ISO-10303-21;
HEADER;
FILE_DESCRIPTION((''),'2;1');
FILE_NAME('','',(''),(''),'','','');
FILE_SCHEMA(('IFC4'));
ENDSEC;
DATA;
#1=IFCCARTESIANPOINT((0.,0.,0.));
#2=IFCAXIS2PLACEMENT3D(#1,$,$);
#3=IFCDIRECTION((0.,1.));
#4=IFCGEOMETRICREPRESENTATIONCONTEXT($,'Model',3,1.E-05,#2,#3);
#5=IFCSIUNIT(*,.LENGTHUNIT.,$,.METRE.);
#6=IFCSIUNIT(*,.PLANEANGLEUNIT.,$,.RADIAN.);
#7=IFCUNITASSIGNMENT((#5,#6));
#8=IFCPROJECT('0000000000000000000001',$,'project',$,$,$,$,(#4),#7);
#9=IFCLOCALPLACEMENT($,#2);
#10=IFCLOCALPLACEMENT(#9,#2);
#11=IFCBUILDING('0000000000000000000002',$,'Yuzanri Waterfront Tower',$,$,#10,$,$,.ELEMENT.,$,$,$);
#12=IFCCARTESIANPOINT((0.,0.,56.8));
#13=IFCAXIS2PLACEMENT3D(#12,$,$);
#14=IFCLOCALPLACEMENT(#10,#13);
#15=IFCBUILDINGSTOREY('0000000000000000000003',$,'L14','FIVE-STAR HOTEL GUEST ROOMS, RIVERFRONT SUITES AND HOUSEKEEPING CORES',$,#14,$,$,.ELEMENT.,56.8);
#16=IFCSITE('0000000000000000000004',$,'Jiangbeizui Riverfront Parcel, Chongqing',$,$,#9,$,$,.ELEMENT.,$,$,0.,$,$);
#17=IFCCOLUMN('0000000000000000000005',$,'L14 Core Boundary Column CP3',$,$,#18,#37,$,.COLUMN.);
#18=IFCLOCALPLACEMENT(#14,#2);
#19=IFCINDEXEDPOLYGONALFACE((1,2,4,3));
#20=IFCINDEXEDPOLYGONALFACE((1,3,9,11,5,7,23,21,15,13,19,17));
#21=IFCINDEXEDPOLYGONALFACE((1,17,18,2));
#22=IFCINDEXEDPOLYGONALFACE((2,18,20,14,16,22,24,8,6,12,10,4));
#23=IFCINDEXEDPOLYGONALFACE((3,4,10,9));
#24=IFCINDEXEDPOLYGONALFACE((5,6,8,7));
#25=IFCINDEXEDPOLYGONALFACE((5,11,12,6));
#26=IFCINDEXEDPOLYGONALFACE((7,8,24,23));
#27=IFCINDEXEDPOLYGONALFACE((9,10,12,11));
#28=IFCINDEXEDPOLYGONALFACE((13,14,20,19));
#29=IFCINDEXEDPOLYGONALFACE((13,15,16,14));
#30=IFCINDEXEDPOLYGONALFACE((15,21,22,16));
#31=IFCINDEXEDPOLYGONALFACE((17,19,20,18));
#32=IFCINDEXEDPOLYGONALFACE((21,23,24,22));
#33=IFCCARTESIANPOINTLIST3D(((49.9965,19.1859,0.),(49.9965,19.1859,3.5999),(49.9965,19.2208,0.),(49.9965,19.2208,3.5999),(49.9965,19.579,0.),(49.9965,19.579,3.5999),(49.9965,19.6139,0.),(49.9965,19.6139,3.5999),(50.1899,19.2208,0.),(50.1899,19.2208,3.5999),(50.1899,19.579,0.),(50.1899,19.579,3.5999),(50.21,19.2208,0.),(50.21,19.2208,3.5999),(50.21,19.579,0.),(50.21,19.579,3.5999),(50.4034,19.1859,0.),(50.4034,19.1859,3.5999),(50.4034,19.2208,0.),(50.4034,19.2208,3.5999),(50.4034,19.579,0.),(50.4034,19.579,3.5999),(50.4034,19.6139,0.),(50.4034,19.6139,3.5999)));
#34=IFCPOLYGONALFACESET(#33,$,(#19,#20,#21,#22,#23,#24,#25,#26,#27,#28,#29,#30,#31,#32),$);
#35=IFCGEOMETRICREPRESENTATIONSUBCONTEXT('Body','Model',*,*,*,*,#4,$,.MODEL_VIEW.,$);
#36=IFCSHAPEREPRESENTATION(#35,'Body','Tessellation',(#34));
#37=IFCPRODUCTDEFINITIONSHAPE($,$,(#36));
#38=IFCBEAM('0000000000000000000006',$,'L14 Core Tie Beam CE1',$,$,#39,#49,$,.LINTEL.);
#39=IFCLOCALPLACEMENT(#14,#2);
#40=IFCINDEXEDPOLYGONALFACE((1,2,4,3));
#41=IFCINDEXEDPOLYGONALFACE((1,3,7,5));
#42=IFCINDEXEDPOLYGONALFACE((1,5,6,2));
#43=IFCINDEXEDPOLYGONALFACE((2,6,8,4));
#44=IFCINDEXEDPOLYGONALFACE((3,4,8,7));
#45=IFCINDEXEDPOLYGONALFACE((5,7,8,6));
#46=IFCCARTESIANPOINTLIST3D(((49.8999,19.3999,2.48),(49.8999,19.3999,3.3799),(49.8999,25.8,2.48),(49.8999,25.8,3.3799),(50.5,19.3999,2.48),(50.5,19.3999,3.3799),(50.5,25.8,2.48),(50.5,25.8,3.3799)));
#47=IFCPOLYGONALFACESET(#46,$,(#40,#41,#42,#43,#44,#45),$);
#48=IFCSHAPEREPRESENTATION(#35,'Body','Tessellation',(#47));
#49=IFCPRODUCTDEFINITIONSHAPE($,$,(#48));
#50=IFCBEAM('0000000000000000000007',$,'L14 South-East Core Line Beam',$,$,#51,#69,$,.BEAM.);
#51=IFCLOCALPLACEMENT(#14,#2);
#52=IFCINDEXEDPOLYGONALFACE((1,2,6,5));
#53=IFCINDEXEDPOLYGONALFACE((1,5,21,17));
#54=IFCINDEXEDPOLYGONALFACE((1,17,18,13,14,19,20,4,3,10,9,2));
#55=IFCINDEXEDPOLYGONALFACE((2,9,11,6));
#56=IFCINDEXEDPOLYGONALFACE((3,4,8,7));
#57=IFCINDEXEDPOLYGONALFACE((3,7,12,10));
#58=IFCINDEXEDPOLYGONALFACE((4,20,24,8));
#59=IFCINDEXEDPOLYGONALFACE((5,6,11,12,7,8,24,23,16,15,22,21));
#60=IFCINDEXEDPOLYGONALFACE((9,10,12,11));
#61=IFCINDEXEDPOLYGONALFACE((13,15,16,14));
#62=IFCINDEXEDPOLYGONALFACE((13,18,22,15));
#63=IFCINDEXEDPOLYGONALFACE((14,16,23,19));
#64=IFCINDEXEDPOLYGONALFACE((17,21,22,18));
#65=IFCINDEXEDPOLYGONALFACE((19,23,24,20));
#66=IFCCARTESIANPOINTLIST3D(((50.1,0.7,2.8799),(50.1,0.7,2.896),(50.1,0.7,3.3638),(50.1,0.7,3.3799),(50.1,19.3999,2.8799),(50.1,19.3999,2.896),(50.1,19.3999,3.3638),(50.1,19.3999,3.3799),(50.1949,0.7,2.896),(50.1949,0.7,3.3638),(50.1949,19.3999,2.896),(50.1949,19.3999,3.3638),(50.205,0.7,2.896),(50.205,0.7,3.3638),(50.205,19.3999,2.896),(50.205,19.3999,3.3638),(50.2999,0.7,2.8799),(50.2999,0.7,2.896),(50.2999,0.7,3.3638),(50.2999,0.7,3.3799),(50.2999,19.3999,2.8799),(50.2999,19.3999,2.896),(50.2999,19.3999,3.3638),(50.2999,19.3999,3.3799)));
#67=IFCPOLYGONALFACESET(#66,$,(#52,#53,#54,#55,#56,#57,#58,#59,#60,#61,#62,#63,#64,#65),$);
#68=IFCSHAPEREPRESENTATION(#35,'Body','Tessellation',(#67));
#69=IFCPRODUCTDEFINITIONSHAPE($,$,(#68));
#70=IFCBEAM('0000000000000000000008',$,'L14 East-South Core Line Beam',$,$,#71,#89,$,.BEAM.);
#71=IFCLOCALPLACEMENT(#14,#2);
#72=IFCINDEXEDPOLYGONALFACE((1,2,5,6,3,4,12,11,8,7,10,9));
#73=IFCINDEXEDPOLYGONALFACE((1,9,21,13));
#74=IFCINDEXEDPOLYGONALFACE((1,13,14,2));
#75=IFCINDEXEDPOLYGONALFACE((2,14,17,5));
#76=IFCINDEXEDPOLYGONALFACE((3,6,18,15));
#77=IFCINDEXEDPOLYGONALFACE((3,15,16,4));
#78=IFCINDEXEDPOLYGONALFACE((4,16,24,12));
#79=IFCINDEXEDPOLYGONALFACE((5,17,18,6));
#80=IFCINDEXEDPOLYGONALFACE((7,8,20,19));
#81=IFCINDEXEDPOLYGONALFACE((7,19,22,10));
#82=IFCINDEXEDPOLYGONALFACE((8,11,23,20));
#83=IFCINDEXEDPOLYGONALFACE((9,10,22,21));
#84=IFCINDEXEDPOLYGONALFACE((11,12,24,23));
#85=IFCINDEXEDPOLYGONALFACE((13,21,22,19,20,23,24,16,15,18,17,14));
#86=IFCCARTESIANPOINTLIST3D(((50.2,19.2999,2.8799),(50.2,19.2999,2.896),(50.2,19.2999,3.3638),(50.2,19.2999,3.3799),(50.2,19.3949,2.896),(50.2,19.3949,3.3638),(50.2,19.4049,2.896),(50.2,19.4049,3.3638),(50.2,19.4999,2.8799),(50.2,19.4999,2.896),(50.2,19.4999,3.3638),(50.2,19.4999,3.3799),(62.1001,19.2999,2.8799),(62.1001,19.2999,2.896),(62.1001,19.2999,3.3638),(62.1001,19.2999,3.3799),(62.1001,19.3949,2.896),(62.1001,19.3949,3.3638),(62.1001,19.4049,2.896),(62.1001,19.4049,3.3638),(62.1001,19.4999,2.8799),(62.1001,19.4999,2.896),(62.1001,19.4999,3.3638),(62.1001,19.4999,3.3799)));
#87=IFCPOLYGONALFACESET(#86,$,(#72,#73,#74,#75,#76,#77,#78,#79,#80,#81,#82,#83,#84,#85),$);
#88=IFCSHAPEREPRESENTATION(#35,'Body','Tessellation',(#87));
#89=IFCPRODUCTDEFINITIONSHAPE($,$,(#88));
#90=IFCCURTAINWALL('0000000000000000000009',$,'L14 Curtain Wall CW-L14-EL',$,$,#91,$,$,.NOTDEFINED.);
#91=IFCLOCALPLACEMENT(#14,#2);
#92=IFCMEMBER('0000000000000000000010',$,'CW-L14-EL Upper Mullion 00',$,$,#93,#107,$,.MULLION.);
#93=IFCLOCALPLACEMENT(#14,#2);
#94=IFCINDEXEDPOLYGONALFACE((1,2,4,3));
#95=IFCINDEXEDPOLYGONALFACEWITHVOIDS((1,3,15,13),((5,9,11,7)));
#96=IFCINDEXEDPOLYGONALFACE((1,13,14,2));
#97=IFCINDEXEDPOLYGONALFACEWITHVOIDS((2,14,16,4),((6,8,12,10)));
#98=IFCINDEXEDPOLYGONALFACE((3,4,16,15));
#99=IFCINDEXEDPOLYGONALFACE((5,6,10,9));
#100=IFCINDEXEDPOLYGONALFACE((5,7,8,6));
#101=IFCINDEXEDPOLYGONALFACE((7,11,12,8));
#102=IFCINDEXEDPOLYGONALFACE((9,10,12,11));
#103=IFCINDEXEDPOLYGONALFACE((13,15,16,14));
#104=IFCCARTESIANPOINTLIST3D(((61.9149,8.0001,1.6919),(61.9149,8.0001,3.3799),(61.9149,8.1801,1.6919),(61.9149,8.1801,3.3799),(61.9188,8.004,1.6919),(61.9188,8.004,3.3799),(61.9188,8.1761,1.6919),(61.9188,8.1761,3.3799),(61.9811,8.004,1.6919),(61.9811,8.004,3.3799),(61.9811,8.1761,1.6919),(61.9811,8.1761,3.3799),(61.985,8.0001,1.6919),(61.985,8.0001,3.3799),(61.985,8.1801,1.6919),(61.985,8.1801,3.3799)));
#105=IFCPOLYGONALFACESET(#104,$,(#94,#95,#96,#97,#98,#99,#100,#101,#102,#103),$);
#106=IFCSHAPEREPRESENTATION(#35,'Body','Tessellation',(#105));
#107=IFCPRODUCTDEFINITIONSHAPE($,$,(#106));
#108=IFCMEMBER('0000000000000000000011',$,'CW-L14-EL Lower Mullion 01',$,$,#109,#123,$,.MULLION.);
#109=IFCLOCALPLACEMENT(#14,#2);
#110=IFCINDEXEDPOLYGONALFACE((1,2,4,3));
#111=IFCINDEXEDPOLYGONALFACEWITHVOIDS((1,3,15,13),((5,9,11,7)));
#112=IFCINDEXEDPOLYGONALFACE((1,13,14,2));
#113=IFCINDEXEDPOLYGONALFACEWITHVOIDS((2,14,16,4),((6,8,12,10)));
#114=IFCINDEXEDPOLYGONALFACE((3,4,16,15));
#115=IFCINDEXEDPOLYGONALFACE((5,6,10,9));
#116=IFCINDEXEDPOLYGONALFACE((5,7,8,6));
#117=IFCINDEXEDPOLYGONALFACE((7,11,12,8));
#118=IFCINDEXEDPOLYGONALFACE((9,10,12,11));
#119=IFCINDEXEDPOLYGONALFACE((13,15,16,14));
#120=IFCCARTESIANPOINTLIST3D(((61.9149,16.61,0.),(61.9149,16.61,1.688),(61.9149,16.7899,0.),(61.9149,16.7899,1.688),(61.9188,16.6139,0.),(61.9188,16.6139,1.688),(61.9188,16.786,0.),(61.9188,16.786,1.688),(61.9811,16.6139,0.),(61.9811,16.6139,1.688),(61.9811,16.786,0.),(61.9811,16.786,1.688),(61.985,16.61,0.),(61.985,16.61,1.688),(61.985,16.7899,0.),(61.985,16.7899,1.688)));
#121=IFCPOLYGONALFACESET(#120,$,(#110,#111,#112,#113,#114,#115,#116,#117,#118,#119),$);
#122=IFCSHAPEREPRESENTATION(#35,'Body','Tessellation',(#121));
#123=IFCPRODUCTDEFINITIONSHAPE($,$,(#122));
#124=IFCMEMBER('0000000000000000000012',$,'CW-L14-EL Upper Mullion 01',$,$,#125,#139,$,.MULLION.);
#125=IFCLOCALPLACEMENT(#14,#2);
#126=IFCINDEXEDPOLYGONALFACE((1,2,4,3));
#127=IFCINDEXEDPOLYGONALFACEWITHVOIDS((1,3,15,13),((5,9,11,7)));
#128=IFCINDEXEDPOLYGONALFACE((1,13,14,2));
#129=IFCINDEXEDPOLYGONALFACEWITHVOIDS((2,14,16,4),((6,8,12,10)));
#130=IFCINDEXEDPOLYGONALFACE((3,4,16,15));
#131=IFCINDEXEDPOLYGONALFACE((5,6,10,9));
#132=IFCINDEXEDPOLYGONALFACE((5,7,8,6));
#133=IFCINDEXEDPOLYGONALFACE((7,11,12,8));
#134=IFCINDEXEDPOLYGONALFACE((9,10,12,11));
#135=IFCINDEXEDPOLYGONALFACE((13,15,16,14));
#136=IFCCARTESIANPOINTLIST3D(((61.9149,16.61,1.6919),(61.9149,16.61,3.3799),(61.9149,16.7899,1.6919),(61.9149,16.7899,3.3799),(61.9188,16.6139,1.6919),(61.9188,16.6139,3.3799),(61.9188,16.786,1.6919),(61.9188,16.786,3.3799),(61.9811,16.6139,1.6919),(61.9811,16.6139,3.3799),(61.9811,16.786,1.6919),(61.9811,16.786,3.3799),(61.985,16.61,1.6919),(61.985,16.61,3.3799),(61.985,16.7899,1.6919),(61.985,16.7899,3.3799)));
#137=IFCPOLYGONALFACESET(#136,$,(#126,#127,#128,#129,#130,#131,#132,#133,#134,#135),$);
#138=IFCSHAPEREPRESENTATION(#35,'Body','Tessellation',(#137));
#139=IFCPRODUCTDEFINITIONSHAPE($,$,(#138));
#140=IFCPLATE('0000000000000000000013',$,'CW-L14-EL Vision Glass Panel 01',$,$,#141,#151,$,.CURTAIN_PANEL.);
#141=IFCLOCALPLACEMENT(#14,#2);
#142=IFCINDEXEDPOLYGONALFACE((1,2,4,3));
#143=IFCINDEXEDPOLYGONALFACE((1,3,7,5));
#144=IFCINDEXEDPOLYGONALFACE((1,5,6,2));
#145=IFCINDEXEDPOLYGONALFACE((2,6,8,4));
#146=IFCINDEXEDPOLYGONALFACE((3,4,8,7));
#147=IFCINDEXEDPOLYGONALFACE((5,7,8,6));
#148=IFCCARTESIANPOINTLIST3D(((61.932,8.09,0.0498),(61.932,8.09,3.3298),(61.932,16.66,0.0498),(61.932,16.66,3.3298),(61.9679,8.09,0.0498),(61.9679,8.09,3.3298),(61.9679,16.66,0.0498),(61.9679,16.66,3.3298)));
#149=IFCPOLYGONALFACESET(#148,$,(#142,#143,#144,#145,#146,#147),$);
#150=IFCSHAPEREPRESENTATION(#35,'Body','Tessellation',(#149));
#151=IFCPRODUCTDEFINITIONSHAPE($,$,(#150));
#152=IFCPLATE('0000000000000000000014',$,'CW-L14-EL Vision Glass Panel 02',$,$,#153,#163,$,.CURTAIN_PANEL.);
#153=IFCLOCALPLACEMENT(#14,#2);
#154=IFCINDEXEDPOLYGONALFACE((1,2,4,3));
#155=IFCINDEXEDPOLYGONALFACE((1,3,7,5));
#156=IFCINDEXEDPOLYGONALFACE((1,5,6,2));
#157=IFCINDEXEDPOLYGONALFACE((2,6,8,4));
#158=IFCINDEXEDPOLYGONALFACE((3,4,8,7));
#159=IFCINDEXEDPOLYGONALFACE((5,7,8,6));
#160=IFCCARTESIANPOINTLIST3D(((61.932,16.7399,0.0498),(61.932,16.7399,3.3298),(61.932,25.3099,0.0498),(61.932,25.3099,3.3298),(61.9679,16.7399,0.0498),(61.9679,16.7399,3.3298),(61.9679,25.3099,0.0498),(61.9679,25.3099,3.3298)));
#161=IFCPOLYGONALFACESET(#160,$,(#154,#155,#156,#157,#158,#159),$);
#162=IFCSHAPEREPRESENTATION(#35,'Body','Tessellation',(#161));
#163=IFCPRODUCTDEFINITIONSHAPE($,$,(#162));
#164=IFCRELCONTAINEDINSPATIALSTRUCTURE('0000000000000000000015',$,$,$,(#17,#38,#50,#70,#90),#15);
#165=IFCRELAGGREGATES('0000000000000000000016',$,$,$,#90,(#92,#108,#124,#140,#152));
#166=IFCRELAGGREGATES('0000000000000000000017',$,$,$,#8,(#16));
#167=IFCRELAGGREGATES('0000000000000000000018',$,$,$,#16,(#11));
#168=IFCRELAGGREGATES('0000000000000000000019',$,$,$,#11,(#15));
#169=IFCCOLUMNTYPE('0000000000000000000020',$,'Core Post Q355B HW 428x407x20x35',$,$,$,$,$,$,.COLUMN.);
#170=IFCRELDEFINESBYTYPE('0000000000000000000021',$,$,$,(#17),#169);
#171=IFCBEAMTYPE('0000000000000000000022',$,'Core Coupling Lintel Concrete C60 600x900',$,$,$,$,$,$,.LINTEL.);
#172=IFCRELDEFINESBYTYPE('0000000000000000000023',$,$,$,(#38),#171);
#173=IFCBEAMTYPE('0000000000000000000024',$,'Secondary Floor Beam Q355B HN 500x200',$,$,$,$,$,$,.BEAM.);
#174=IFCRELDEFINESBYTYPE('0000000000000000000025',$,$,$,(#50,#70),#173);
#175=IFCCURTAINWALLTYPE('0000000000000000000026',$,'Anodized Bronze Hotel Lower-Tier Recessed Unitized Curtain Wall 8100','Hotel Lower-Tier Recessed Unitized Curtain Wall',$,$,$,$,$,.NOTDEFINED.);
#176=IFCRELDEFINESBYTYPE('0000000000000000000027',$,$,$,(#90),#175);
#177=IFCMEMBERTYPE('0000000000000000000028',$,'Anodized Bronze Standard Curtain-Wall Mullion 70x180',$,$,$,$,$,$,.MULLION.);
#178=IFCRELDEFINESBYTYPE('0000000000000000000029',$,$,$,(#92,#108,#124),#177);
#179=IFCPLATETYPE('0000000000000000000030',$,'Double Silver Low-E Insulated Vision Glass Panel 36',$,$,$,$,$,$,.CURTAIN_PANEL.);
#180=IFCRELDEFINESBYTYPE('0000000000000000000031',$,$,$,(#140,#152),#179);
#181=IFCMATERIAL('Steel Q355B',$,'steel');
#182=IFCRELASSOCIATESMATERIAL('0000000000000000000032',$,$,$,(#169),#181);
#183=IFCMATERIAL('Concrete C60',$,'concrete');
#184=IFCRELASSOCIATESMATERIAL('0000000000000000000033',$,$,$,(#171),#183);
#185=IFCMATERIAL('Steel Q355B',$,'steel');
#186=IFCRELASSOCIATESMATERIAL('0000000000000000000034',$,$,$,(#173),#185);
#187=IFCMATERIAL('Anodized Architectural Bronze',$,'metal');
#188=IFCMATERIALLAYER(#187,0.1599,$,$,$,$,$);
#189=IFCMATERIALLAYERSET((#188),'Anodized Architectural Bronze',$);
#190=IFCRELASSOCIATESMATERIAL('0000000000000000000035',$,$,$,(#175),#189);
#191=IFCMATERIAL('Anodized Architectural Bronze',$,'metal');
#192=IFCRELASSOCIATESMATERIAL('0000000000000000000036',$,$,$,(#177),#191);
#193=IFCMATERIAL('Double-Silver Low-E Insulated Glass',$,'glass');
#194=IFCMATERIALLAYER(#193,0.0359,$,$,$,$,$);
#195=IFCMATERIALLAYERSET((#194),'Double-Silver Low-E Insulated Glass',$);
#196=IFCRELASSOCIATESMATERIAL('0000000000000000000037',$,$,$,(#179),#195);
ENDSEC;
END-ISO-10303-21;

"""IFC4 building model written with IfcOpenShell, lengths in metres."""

from ifc_helpers import new_model, si_unit, direction, frame, origin, origin_2d, place, context, subcontext, project, spatial, rectangle, hollow_rectangle, i_section, extrude, source, transform, mapped, material, layer, layer_set, material_profile, profile_set, type_object, element, aggregate, save


model = new_model("IFC4")

# Units and contexts
model_context = context("Model", 3, precision=1e-05, world=origin(), true_north=direction((0.0, 1.0)))
body_context = subcontext(model_context, "Body", "Model", "MODEL_VIEW")
ifc_project = project(units=[si_unit("LENGTHUNIT", "METRE"), si_unit("PLANEANGLEUNIT", "RADIAN")], contexts=[model_context])

# Site, building, storey
site_placement = place(None, origin())
site = spatial("IfcSite", under=ifc_project, at=site_placement, Name="Jiangbeizui Riverfront Parcel, Chongqing", CompositionType="ELEMENT", RefElevation=0.0)
building_placement = place(site_placement, origin())
building = spatial("IfcBuilding", under=site, at=building_placement, Name="Yuzanri Waterfront Tower", CompositionType="ELEMENT")
storey_placement = place(building_placement, frame((0.0, 0.0, 56.8)))
storey = spatial("IfcBuildingStorey", under=building, at=storey_placement, Name="L14", Description="FIVE-STAR HOTEL GUEST ROOMS, RIVERFRONT SUITES AND HOUSEKEEPING CORES", CompositionType="ELEMENT", Elevation=56.8)

# Column
ifc_material_1 = material(Name="Steel Q355B", Category="steel")
ifc_material_profile_1 = material_profile(ifc_material_1, i_section(OverallWidth=0.407, OverallDepth=0.428, WebThickness=0.02, FlangeThickness=0.0349, at=origin_2d()), Name="HW 428x407x20x35")
ifc_profile_set_1 = profile_set([ifc_material_profile_1], Name="Steel Q355B")
column_type = type_object("IfcColumnType", Name="Core Post Q355B HW 428x407x20x35", PredefinedType="COLUMN", material=ifc_profile_set_1)
shared_shape_1 = source(origin(), body_context, "Body", "SweptSolid", [
    extrude(i_section(OverallWidth=0.407, OverallDepth=0.428, WebThickness=0.02, FlangeThickness=0.0349, at=origin_2d()), origin(), (0.0, 0.0, 1.0), 3.5999),
])
column_placement = place(storey_placement, frame((50.2, 19.3999, 0.0), z_axis=(0.0, 0.0, 1.0), x_axis=(1.0, 0.0, 0.0)))
element("IfcColumn", 1, at=column_placement, inside=storey, type_object=column_type, Name="L14 Core Boundary Column CP3", PredefinedType="COLUMN", context=body_context, shape_type="MappedRepresentation", body=[
    mapped(shared_shape_1, transform((0.0, 0.0, 0.0), scale=1.0)),
])

# Beams
ifc_material_2 = material(Name="Concrete C60", Category="concrete")
ifc_material_profile_2 = material_profile(ifc_material_2, rectangle(XDim=0.6001, YDim=0.8999, at=origin_2d()), Name="RC 600x900")
ifc_profile_set_2 = profile_set([ifc_material_profile_2], Name="Concrete C60")
beam_type_1 = type_object("IfcBeamType", Name="Core Coupling Lintel Concrete C60 600x900", PredefinedType="LINTEL", material=ifc_profile_set_2)
shared_shape_2 = source(origin(), body_context, "Body", "SweptSolid", [
    extrude(rectangle(XDim=0.6001, YDim=0.8999, at=origin_2d()), origin(), (0.0, 0.0, 1.0), 6.4001),
])
beam_1_placement = place(storey_placement, frame((50.2, 19.3999, 2.9299), z_axis=(0.0, 1.0, 0.0), x_axis=(-1.0, 0.0, 0.0)))
element("IfcBeam", 2, at=beam_1_placement, inside=storey, type_object=beam_type_1, Name="L14 Core Tie Beam CE1", PredefinedType="LINTEL", context=body_context, shape_type="MappedRepresentation", body=[
    mapped(shared_shape_2, transform((0.0, 0.0, 0.0), scale=1.0)),
])
ifc_material_3 = material(Name="Steel Q355B", Category="steel")
ifc_material_profile_3 = material_profile(ifc_material_3, i_section(OverallWidth=0.2, OverallDepth=0.5, WebThickness=0.01, FlangeThickness=0.0161, at=origin_2d()), Name="HN 500x200x10x16")
ifc_profile_set_3 = profile_set([ifc_material_profile_3], Name="Steel Q355B")
beam_type_2 = type_object("IfcBeamType", Name="Secondary Floor Beam Q355B HN 500x200", PredefinedType="BEAM", material=ifc_profile_set_3)
shared_shape_3 = source(origin(), body_context, "Body", "SweptSolid", [
    extrude(i_section(OverallWidth=0.2, OverallDepth=0.5, WebThickness=0.01, FlangeThickness=0.0161, at=origin_2d()), origin(), (0.0, 0.0, 1.0), 18.7),
])
beam_2_placement = place(storey_placement, frame((50.2, 19.3999, 3.1299), z_axis=(0.0, -1.0, 0.0), x_axis=(1.0, 0.0, 0.0)))
element("IfcBeam", 3, at=beam_2_placement, inside=storey, type_object=beam_type_2, Name="L14 South-East Core Line Beam", PredefinedType="BEAM", context=body_context, shape_type="MappedRepresentation", body=[
    mapped(shared_shape_3, transform((0.0, 0.0, 0.0), scale=1.0)),
])
shared_shape_4 = source(origin(), body_context, "Body", "SweptSolid", [
    extrude(i_section(OverallWidth=0.2, OverallDepth=0.5, WebThickness=0.01, FlangeThickness=0.0161, at=origin_2d()), origin(), (0.0, 0.0, 1.0), 11.9001),
])
beam_3_placement = place(storey_placement, frame((50.2, 19.3999, 3.1299), z_axis=(1.0, 0.0, 0.0), x_axis=(0.0, 1.0, 0.0)))
element("IfcBeam", 4, at=beam_3_placement, inside=storey, type_object=beam_type_2, Name="L14 East-South Core Line Beam", PredefinedType="BEAM", context=body_context, shape_type="MappedRepresentation", body=[
    mapped(shared_shape_4, transform((0.0, 0.0, 0.0), scale=1.0)),
])

# Curtain wall, members, plates
ifc_material_4 = material(Name="Anodized Architectural Bronze", Category="metal")
ifc_layer_1 = layer(ifc_material_4, 0.1599)
ifc_layer_set_1 = layer_set([ifc_layer_1], Name="Anodized Architectural Bronze")
curtain_wall_type = type_object("IfcCurtainWallType", Name="Anodized Bronze Hotel Lower-Tier Recessed Unitized Curtain Wall 8100", Description="Hotel Lower-Tier Recessed Unitized Curtain Wall", PredefinedType="NOTDEFINED", material=ifc_layer_set_1)
curtain_wall_placement = place(storey_placement, origin())
curtain_wall = element("IfcCurtainWall", 5, at=curtain_wall_placement, inside=storey, type_object=curtain_wall_type, Name="L14 Curtain Wall CW-L14-EL", PredefinedType="NOTDEFINED")
ifc_material_5 = material(Name="Anodized Architectural Bronze", Category="metal")
ifc_material_profile_4 = material_profile(ifc_material_5, hollow_rectangle(XDim=0.0701, YDim=0.1799, WallThickness=0.0039, at=origin_2d()), Name="CWM 70x180")
ifc_profile_set_4 = profile_set([ifc_material_profile_4], Name="Anodized Architectural Bronze")
member_type = type_object("IfcMemberType", Name="Anodized Bronze Standard Curtain-Wall Mullion 70x180", PredefinedType="MULLION", material=ifc_profile_set_4)
shared_shape_5 = source(origin(), body_context, "Body", "SweptSolid", [
    extrude(hollow_rectangle(XDim=0.0701, YDim=0.1799, WallThickness=0.0039, at=origin_2d()), origin(), (0.0, 0.0, 1.0), 1.688),
])
member_1_placement = place(storey_placement, frame((61.95, 8.0901, 1.6919), z_axis=(0.0, 0.0, 1.0), x_axis=(1.0, 0.0, 0.0)))
member_1 = element("IfcMember", 6, at=member_1_placement, type_object=member_type, Name="CW-L14-EL Upper Mullion 00", PredefinedType="MULLION", context=body_context, shape_type="MappedRepresentation", body=[
    mapped(shared_shape_5, transform((0.0, 0.0, 0.0), scale=1.0)),
])
member_2_placement = place(storey_placement, frame((61.95, 16.7, 0.0), z_axis=(0.0, 0.0, 1.0), x_axis=(1.0, 0.0, 0.0)))
member_2 = element("IfcMember", 7, at=member_2_placement, type_object=member_type, Name="CW-L14-EL Lower Mullion 01", PredefinedType="MULLION", context=body_context, shape_type="MappedRepresentation", body=[
    mapped(shared_shape_5, transform((0.0, 0.0, 0.0), scale=1.0)),
])
member_3_placement = place(storey_placement, frame((61.95, 16.7, 1.6919), z_axis=(0.0, 0.0, 1.0), x_axis=(1.0, 0.0, 0.0)))
member_3 = element("IfcMember", 8, at=member_3_placement, type_object=member_type, Name="CW-L14-EL Upper Mullion 01", PredefinedType="MULLION", context=body_context, shape_type="MappedRepresentation", body=[
    mapped(shared_shape_5, transform((0.0, 0.0, 0.0), scale=1.0)),
])
ifc_material_6 = material(Name="Double-Silver Low-E Insulated Glass", Category="glass")
ifc_layer_2 = layer(ifc_material_6, 0.0359)
ifc_layer_set_2 = layer_set([ifc_layer_2], Name="Double-Silver Low-E Insulated Glass")
plate_type = type_object("IfcPlateType", Name="Double Silver Low-E Insulated Vision Glass Panel 36", PredefinedType="CURTAIN_PANEL", material=ifc_layer_set_2)
shared_shape_6 = source(origin(), body_context, "Body", "SweptSolid", [
    extrude(rectangle(XDim=8.5701, YDim=0.0359, at=origin_2d()), origin(), (0.0, 0.0, 1.0), 3.28),
])
plate_1_placement = place(storey_placement, frame((61.95, 12.375, 0.0498), z_axis=(0.0, 0.0, 1.0), x_axis=(0.0, 1.0, 0.0)))
plate_1 = element("IfcPlate", 9, at=plate_1_placement, type_object=plate_type, Name="CW-L14-EL Vision Glass Panel 01", PredefinedType="CURTAIN_PANEL", context=body_context, shape_type="MappedRepresentation", body=[
    mapped(shared_shape_6, transform((0.0, 0.0, 0.0), scale=1.0)),
])
plate_2_placement = place(storey_placement, frame((61.95, 21.0249, 0.0498), z_axis=(0.0, 0.0, 1.0), x_axis=(0.0, 1.0, 0.0)))
plate_2 = element("IfcPlate", 10, at=plate_2_placement, type_object=plate_type, Name="CW-L14-EL Vision Glass Panel 02", PredefinedType="CURTAIN_PANEL", context=body_context, shape_type="MappedRepresentation", body=[
    mapped(shared_shape_6, transform((0.0, 0.0, 0.0), scale=1.0)),
])
aggregate(curtain_wall, [member_1, member_2, member_3, plate_1, plate_2])

save(model, "model.ifc")
